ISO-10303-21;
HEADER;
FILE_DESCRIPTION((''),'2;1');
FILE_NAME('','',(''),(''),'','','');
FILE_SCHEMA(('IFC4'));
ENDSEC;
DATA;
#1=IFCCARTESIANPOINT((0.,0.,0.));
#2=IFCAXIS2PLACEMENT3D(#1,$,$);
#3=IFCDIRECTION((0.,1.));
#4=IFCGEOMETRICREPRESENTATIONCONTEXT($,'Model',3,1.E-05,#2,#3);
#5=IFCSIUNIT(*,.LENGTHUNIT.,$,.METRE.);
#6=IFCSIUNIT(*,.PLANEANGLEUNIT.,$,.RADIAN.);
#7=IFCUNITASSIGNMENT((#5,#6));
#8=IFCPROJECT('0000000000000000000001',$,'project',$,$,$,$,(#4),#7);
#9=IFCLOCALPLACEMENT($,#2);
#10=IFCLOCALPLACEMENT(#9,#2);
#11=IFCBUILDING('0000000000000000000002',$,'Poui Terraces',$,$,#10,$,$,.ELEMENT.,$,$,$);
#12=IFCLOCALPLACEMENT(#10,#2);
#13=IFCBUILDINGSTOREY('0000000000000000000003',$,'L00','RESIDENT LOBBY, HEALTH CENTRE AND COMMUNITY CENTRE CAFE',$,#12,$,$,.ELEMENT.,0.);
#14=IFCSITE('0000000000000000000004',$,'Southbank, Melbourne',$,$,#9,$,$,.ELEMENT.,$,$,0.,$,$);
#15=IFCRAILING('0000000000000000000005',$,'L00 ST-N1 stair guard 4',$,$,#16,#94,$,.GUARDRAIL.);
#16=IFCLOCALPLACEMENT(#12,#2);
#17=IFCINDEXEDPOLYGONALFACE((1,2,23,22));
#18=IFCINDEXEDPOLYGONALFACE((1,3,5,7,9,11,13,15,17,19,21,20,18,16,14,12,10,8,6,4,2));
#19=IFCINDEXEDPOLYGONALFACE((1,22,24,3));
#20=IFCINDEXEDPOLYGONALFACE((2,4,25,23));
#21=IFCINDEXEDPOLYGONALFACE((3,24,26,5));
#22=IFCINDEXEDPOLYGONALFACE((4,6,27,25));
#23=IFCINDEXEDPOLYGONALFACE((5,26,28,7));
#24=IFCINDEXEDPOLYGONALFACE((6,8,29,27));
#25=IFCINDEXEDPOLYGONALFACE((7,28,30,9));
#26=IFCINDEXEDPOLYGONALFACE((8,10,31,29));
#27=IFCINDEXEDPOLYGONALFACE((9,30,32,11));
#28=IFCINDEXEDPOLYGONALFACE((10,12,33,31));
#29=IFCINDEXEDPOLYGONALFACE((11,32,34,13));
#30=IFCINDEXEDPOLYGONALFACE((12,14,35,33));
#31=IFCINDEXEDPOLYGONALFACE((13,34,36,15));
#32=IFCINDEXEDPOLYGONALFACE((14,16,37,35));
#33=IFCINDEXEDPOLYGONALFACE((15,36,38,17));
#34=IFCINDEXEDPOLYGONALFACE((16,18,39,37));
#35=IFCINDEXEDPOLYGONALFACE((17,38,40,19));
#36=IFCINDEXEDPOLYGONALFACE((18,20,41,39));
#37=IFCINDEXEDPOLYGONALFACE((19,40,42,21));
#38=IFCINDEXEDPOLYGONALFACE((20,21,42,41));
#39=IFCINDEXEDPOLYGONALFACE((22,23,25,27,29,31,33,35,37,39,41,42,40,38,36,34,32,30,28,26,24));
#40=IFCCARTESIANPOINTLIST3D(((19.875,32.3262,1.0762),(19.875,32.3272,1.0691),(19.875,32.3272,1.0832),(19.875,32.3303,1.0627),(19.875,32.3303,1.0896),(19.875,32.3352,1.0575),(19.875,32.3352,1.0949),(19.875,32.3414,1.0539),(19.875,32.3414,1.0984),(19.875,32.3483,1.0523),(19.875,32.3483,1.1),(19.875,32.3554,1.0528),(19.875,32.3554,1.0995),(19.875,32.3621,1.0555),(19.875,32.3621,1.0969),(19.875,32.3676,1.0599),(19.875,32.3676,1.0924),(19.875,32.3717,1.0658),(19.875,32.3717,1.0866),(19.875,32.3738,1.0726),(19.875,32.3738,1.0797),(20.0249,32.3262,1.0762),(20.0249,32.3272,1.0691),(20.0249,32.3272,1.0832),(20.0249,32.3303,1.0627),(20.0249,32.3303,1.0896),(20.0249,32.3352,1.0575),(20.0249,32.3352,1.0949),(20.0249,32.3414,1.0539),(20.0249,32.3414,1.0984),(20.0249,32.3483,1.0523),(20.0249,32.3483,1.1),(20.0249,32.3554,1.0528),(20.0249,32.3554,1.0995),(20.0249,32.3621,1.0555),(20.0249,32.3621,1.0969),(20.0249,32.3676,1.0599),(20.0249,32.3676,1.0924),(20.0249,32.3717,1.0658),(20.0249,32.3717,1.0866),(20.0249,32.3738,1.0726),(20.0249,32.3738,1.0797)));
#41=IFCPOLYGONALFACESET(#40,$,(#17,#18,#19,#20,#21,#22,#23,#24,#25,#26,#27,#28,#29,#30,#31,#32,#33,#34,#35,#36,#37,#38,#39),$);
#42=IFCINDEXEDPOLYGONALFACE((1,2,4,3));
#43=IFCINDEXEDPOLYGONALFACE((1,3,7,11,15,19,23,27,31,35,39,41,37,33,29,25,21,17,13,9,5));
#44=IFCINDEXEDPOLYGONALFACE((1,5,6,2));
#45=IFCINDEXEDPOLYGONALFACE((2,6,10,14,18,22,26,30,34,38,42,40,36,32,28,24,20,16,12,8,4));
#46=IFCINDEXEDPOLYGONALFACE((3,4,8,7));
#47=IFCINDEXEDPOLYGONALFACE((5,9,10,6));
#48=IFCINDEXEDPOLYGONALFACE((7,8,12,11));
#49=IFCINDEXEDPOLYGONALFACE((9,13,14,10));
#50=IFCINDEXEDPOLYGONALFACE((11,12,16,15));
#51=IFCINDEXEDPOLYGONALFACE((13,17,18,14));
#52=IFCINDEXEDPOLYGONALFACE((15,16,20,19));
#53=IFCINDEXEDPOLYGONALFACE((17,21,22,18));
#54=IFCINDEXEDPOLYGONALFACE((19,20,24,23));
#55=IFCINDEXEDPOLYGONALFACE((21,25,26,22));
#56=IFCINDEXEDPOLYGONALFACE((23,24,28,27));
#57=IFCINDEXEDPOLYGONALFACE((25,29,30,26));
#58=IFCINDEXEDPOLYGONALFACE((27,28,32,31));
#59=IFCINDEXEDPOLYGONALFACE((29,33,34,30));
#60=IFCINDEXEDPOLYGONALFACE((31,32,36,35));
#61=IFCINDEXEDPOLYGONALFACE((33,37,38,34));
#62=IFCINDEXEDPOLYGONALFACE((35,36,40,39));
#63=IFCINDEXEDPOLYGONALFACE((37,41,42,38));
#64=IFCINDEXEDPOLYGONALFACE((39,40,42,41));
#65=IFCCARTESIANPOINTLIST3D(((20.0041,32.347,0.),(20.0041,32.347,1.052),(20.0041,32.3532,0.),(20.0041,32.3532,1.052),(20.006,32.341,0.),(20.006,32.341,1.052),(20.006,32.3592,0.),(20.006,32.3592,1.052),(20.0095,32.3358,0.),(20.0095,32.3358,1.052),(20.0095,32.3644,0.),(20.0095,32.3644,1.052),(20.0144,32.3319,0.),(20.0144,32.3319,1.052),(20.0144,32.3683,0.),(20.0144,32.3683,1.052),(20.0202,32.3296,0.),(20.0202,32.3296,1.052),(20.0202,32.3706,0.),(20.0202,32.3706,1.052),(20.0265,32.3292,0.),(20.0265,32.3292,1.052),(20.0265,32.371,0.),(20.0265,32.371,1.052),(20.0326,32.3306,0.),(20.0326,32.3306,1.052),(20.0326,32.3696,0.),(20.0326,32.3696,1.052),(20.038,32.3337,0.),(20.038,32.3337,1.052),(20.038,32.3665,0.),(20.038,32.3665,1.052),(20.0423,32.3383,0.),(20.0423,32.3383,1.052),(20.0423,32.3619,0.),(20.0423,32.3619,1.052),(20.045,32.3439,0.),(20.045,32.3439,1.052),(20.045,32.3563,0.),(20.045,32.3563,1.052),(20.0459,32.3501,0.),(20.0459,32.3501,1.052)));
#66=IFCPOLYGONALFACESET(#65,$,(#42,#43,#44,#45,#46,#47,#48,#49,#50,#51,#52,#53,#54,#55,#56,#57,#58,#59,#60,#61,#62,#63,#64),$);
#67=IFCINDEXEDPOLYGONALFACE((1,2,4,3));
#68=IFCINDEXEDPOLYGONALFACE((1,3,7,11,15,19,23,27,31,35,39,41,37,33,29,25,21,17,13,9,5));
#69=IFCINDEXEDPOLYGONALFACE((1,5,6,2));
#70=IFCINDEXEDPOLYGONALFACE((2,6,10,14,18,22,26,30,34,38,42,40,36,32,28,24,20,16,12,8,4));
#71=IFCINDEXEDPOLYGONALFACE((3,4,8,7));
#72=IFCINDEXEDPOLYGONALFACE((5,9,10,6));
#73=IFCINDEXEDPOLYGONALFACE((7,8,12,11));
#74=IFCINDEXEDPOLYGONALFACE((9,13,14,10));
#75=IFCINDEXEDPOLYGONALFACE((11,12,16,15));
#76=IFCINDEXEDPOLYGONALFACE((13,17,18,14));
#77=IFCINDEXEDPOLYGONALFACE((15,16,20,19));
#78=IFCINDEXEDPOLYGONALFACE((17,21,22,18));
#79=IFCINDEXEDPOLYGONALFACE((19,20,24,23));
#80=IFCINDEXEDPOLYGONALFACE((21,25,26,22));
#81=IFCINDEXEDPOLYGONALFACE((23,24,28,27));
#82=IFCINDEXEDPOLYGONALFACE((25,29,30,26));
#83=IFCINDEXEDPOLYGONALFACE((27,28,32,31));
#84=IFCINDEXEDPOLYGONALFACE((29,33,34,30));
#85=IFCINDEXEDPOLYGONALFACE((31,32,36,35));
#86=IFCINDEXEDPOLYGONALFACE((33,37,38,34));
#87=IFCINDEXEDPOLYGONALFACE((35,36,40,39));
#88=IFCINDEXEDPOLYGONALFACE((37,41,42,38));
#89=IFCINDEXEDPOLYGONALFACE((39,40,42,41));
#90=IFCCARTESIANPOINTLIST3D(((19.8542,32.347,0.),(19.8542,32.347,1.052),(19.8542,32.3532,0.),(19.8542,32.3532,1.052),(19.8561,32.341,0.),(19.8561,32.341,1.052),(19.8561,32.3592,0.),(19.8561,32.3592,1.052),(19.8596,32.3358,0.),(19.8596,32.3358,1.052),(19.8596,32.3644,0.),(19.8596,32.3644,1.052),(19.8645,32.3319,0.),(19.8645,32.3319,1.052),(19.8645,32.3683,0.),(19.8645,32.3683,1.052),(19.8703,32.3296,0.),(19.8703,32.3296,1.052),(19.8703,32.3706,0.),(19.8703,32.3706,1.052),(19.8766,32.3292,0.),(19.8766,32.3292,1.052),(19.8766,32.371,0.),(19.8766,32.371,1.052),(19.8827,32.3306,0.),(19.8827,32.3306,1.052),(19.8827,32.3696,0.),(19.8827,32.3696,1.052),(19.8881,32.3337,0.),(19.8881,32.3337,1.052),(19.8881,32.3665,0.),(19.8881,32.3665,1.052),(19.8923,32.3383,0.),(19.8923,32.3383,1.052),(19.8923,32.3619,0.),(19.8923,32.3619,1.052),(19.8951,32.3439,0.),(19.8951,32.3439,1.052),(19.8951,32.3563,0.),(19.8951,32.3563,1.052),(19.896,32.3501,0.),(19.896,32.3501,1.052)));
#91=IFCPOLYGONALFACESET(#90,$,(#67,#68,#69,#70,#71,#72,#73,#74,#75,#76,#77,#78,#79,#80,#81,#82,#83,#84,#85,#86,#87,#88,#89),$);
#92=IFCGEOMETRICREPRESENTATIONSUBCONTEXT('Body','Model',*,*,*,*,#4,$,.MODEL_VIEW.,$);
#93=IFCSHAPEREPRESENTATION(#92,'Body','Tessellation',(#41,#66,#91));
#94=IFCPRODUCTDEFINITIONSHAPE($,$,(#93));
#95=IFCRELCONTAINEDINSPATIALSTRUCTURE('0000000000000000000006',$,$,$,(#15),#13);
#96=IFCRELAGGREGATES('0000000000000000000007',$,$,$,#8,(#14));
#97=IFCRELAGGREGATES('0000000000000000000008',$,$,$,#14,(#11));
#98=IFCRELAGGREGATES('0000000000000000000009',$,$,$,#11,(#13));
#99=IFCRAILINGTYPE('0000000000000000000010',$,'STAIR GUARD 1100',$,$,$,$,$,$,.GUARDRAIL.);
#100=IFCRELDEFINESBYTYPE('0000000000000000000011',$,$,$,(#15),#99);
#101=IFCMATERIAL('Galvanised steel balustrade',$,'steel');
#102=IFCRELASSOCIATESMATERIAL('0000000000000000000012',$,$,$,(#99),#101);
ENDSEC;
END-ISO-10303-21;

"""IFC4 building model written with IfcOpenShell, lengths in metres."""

from ifc_helpers import new_model, si_unit, direction, frame, origin, origin_2d, place, context, subcontext, project, spatial, circle, extrude, material, type_object, element, save


model = new_model("IFC4")

# Units and contexts
model_context = context("Model", 3, precision=1e-05, world=origin(), true_north=direction((0.0, 1.0)))
body_context = subcontext(model_context, "Body", "Model", "MODEL_VIEW")
ifc_project = project(units=[si_unit("LENGTHUNIT", "METRE"), si_unit("PLANEANGLEUNIT", "RADIAN")], contexts=[model_context])

# Site, building, storey
site_placement = place(None, origin())
site = spatial("IfcSite", under=ifc_project, at=site_placement, Name="Southbank, Melbourne", CompositionType="ELEMENT", RefElevation=0.0)
building_placement = place(site_placement, origin())
building = spatial("IfcBuilding", under=site, at=building_placement, Name="Poui Terraces", CompositionType="ELEMENT")
storey_placement = place(building_placement, origin())
storey = spatial("IfcBuildingStorey", under=building, at=storey_placement, Name="L00", Description="RESIDENT LOBBY, HEALTH CENTRE AND COMMUNITY CENTRE CAFE", CompositionType="ELEMENT", Elevation=0.0)

# Railing
ifc_material_1 = material(Name="Galvanised steel balustrade", Category="steel")
railing_type_1 = type_object("IfcRailingType", Name="STAIR GUARD 1100", PredefinedType="GUARDRAIL", material=ifc_material_1)
railing_1_placement = place(storey_placement, frame((20.0249, 32.3501, 0.0)))
element("IfcRailing", 1, at=railing_1_placement, inside=storey, type_object=railing_type_1, Name="L00 ST-N1 stair guard 4", PredefinedType="GUARDRAIL", context=body_context, shape_type="SweptSolid", body=[
    extrude(circle(Radius=0.0239, at=origin_2d()), frame((0.0, 0.0, 1.0762), z_axis=(-1.0, 0.0, 0.0), x_axis=(0.0, -1.0, 0.0)), (0.0, 0.0, 1.0), 0.1499),
    extrude(circle(Radius=0.021, at=origin_2d()), origin(), (0.0, 0.0, 1.0), 1.052),
    extrude(circle(Radius=0.021, at=origin_2d()), frame((-0.1499, 0.0, 0.0)), (0.0, 0.0, 1.0), 1.052),
])

save(model, "model.ifc")
